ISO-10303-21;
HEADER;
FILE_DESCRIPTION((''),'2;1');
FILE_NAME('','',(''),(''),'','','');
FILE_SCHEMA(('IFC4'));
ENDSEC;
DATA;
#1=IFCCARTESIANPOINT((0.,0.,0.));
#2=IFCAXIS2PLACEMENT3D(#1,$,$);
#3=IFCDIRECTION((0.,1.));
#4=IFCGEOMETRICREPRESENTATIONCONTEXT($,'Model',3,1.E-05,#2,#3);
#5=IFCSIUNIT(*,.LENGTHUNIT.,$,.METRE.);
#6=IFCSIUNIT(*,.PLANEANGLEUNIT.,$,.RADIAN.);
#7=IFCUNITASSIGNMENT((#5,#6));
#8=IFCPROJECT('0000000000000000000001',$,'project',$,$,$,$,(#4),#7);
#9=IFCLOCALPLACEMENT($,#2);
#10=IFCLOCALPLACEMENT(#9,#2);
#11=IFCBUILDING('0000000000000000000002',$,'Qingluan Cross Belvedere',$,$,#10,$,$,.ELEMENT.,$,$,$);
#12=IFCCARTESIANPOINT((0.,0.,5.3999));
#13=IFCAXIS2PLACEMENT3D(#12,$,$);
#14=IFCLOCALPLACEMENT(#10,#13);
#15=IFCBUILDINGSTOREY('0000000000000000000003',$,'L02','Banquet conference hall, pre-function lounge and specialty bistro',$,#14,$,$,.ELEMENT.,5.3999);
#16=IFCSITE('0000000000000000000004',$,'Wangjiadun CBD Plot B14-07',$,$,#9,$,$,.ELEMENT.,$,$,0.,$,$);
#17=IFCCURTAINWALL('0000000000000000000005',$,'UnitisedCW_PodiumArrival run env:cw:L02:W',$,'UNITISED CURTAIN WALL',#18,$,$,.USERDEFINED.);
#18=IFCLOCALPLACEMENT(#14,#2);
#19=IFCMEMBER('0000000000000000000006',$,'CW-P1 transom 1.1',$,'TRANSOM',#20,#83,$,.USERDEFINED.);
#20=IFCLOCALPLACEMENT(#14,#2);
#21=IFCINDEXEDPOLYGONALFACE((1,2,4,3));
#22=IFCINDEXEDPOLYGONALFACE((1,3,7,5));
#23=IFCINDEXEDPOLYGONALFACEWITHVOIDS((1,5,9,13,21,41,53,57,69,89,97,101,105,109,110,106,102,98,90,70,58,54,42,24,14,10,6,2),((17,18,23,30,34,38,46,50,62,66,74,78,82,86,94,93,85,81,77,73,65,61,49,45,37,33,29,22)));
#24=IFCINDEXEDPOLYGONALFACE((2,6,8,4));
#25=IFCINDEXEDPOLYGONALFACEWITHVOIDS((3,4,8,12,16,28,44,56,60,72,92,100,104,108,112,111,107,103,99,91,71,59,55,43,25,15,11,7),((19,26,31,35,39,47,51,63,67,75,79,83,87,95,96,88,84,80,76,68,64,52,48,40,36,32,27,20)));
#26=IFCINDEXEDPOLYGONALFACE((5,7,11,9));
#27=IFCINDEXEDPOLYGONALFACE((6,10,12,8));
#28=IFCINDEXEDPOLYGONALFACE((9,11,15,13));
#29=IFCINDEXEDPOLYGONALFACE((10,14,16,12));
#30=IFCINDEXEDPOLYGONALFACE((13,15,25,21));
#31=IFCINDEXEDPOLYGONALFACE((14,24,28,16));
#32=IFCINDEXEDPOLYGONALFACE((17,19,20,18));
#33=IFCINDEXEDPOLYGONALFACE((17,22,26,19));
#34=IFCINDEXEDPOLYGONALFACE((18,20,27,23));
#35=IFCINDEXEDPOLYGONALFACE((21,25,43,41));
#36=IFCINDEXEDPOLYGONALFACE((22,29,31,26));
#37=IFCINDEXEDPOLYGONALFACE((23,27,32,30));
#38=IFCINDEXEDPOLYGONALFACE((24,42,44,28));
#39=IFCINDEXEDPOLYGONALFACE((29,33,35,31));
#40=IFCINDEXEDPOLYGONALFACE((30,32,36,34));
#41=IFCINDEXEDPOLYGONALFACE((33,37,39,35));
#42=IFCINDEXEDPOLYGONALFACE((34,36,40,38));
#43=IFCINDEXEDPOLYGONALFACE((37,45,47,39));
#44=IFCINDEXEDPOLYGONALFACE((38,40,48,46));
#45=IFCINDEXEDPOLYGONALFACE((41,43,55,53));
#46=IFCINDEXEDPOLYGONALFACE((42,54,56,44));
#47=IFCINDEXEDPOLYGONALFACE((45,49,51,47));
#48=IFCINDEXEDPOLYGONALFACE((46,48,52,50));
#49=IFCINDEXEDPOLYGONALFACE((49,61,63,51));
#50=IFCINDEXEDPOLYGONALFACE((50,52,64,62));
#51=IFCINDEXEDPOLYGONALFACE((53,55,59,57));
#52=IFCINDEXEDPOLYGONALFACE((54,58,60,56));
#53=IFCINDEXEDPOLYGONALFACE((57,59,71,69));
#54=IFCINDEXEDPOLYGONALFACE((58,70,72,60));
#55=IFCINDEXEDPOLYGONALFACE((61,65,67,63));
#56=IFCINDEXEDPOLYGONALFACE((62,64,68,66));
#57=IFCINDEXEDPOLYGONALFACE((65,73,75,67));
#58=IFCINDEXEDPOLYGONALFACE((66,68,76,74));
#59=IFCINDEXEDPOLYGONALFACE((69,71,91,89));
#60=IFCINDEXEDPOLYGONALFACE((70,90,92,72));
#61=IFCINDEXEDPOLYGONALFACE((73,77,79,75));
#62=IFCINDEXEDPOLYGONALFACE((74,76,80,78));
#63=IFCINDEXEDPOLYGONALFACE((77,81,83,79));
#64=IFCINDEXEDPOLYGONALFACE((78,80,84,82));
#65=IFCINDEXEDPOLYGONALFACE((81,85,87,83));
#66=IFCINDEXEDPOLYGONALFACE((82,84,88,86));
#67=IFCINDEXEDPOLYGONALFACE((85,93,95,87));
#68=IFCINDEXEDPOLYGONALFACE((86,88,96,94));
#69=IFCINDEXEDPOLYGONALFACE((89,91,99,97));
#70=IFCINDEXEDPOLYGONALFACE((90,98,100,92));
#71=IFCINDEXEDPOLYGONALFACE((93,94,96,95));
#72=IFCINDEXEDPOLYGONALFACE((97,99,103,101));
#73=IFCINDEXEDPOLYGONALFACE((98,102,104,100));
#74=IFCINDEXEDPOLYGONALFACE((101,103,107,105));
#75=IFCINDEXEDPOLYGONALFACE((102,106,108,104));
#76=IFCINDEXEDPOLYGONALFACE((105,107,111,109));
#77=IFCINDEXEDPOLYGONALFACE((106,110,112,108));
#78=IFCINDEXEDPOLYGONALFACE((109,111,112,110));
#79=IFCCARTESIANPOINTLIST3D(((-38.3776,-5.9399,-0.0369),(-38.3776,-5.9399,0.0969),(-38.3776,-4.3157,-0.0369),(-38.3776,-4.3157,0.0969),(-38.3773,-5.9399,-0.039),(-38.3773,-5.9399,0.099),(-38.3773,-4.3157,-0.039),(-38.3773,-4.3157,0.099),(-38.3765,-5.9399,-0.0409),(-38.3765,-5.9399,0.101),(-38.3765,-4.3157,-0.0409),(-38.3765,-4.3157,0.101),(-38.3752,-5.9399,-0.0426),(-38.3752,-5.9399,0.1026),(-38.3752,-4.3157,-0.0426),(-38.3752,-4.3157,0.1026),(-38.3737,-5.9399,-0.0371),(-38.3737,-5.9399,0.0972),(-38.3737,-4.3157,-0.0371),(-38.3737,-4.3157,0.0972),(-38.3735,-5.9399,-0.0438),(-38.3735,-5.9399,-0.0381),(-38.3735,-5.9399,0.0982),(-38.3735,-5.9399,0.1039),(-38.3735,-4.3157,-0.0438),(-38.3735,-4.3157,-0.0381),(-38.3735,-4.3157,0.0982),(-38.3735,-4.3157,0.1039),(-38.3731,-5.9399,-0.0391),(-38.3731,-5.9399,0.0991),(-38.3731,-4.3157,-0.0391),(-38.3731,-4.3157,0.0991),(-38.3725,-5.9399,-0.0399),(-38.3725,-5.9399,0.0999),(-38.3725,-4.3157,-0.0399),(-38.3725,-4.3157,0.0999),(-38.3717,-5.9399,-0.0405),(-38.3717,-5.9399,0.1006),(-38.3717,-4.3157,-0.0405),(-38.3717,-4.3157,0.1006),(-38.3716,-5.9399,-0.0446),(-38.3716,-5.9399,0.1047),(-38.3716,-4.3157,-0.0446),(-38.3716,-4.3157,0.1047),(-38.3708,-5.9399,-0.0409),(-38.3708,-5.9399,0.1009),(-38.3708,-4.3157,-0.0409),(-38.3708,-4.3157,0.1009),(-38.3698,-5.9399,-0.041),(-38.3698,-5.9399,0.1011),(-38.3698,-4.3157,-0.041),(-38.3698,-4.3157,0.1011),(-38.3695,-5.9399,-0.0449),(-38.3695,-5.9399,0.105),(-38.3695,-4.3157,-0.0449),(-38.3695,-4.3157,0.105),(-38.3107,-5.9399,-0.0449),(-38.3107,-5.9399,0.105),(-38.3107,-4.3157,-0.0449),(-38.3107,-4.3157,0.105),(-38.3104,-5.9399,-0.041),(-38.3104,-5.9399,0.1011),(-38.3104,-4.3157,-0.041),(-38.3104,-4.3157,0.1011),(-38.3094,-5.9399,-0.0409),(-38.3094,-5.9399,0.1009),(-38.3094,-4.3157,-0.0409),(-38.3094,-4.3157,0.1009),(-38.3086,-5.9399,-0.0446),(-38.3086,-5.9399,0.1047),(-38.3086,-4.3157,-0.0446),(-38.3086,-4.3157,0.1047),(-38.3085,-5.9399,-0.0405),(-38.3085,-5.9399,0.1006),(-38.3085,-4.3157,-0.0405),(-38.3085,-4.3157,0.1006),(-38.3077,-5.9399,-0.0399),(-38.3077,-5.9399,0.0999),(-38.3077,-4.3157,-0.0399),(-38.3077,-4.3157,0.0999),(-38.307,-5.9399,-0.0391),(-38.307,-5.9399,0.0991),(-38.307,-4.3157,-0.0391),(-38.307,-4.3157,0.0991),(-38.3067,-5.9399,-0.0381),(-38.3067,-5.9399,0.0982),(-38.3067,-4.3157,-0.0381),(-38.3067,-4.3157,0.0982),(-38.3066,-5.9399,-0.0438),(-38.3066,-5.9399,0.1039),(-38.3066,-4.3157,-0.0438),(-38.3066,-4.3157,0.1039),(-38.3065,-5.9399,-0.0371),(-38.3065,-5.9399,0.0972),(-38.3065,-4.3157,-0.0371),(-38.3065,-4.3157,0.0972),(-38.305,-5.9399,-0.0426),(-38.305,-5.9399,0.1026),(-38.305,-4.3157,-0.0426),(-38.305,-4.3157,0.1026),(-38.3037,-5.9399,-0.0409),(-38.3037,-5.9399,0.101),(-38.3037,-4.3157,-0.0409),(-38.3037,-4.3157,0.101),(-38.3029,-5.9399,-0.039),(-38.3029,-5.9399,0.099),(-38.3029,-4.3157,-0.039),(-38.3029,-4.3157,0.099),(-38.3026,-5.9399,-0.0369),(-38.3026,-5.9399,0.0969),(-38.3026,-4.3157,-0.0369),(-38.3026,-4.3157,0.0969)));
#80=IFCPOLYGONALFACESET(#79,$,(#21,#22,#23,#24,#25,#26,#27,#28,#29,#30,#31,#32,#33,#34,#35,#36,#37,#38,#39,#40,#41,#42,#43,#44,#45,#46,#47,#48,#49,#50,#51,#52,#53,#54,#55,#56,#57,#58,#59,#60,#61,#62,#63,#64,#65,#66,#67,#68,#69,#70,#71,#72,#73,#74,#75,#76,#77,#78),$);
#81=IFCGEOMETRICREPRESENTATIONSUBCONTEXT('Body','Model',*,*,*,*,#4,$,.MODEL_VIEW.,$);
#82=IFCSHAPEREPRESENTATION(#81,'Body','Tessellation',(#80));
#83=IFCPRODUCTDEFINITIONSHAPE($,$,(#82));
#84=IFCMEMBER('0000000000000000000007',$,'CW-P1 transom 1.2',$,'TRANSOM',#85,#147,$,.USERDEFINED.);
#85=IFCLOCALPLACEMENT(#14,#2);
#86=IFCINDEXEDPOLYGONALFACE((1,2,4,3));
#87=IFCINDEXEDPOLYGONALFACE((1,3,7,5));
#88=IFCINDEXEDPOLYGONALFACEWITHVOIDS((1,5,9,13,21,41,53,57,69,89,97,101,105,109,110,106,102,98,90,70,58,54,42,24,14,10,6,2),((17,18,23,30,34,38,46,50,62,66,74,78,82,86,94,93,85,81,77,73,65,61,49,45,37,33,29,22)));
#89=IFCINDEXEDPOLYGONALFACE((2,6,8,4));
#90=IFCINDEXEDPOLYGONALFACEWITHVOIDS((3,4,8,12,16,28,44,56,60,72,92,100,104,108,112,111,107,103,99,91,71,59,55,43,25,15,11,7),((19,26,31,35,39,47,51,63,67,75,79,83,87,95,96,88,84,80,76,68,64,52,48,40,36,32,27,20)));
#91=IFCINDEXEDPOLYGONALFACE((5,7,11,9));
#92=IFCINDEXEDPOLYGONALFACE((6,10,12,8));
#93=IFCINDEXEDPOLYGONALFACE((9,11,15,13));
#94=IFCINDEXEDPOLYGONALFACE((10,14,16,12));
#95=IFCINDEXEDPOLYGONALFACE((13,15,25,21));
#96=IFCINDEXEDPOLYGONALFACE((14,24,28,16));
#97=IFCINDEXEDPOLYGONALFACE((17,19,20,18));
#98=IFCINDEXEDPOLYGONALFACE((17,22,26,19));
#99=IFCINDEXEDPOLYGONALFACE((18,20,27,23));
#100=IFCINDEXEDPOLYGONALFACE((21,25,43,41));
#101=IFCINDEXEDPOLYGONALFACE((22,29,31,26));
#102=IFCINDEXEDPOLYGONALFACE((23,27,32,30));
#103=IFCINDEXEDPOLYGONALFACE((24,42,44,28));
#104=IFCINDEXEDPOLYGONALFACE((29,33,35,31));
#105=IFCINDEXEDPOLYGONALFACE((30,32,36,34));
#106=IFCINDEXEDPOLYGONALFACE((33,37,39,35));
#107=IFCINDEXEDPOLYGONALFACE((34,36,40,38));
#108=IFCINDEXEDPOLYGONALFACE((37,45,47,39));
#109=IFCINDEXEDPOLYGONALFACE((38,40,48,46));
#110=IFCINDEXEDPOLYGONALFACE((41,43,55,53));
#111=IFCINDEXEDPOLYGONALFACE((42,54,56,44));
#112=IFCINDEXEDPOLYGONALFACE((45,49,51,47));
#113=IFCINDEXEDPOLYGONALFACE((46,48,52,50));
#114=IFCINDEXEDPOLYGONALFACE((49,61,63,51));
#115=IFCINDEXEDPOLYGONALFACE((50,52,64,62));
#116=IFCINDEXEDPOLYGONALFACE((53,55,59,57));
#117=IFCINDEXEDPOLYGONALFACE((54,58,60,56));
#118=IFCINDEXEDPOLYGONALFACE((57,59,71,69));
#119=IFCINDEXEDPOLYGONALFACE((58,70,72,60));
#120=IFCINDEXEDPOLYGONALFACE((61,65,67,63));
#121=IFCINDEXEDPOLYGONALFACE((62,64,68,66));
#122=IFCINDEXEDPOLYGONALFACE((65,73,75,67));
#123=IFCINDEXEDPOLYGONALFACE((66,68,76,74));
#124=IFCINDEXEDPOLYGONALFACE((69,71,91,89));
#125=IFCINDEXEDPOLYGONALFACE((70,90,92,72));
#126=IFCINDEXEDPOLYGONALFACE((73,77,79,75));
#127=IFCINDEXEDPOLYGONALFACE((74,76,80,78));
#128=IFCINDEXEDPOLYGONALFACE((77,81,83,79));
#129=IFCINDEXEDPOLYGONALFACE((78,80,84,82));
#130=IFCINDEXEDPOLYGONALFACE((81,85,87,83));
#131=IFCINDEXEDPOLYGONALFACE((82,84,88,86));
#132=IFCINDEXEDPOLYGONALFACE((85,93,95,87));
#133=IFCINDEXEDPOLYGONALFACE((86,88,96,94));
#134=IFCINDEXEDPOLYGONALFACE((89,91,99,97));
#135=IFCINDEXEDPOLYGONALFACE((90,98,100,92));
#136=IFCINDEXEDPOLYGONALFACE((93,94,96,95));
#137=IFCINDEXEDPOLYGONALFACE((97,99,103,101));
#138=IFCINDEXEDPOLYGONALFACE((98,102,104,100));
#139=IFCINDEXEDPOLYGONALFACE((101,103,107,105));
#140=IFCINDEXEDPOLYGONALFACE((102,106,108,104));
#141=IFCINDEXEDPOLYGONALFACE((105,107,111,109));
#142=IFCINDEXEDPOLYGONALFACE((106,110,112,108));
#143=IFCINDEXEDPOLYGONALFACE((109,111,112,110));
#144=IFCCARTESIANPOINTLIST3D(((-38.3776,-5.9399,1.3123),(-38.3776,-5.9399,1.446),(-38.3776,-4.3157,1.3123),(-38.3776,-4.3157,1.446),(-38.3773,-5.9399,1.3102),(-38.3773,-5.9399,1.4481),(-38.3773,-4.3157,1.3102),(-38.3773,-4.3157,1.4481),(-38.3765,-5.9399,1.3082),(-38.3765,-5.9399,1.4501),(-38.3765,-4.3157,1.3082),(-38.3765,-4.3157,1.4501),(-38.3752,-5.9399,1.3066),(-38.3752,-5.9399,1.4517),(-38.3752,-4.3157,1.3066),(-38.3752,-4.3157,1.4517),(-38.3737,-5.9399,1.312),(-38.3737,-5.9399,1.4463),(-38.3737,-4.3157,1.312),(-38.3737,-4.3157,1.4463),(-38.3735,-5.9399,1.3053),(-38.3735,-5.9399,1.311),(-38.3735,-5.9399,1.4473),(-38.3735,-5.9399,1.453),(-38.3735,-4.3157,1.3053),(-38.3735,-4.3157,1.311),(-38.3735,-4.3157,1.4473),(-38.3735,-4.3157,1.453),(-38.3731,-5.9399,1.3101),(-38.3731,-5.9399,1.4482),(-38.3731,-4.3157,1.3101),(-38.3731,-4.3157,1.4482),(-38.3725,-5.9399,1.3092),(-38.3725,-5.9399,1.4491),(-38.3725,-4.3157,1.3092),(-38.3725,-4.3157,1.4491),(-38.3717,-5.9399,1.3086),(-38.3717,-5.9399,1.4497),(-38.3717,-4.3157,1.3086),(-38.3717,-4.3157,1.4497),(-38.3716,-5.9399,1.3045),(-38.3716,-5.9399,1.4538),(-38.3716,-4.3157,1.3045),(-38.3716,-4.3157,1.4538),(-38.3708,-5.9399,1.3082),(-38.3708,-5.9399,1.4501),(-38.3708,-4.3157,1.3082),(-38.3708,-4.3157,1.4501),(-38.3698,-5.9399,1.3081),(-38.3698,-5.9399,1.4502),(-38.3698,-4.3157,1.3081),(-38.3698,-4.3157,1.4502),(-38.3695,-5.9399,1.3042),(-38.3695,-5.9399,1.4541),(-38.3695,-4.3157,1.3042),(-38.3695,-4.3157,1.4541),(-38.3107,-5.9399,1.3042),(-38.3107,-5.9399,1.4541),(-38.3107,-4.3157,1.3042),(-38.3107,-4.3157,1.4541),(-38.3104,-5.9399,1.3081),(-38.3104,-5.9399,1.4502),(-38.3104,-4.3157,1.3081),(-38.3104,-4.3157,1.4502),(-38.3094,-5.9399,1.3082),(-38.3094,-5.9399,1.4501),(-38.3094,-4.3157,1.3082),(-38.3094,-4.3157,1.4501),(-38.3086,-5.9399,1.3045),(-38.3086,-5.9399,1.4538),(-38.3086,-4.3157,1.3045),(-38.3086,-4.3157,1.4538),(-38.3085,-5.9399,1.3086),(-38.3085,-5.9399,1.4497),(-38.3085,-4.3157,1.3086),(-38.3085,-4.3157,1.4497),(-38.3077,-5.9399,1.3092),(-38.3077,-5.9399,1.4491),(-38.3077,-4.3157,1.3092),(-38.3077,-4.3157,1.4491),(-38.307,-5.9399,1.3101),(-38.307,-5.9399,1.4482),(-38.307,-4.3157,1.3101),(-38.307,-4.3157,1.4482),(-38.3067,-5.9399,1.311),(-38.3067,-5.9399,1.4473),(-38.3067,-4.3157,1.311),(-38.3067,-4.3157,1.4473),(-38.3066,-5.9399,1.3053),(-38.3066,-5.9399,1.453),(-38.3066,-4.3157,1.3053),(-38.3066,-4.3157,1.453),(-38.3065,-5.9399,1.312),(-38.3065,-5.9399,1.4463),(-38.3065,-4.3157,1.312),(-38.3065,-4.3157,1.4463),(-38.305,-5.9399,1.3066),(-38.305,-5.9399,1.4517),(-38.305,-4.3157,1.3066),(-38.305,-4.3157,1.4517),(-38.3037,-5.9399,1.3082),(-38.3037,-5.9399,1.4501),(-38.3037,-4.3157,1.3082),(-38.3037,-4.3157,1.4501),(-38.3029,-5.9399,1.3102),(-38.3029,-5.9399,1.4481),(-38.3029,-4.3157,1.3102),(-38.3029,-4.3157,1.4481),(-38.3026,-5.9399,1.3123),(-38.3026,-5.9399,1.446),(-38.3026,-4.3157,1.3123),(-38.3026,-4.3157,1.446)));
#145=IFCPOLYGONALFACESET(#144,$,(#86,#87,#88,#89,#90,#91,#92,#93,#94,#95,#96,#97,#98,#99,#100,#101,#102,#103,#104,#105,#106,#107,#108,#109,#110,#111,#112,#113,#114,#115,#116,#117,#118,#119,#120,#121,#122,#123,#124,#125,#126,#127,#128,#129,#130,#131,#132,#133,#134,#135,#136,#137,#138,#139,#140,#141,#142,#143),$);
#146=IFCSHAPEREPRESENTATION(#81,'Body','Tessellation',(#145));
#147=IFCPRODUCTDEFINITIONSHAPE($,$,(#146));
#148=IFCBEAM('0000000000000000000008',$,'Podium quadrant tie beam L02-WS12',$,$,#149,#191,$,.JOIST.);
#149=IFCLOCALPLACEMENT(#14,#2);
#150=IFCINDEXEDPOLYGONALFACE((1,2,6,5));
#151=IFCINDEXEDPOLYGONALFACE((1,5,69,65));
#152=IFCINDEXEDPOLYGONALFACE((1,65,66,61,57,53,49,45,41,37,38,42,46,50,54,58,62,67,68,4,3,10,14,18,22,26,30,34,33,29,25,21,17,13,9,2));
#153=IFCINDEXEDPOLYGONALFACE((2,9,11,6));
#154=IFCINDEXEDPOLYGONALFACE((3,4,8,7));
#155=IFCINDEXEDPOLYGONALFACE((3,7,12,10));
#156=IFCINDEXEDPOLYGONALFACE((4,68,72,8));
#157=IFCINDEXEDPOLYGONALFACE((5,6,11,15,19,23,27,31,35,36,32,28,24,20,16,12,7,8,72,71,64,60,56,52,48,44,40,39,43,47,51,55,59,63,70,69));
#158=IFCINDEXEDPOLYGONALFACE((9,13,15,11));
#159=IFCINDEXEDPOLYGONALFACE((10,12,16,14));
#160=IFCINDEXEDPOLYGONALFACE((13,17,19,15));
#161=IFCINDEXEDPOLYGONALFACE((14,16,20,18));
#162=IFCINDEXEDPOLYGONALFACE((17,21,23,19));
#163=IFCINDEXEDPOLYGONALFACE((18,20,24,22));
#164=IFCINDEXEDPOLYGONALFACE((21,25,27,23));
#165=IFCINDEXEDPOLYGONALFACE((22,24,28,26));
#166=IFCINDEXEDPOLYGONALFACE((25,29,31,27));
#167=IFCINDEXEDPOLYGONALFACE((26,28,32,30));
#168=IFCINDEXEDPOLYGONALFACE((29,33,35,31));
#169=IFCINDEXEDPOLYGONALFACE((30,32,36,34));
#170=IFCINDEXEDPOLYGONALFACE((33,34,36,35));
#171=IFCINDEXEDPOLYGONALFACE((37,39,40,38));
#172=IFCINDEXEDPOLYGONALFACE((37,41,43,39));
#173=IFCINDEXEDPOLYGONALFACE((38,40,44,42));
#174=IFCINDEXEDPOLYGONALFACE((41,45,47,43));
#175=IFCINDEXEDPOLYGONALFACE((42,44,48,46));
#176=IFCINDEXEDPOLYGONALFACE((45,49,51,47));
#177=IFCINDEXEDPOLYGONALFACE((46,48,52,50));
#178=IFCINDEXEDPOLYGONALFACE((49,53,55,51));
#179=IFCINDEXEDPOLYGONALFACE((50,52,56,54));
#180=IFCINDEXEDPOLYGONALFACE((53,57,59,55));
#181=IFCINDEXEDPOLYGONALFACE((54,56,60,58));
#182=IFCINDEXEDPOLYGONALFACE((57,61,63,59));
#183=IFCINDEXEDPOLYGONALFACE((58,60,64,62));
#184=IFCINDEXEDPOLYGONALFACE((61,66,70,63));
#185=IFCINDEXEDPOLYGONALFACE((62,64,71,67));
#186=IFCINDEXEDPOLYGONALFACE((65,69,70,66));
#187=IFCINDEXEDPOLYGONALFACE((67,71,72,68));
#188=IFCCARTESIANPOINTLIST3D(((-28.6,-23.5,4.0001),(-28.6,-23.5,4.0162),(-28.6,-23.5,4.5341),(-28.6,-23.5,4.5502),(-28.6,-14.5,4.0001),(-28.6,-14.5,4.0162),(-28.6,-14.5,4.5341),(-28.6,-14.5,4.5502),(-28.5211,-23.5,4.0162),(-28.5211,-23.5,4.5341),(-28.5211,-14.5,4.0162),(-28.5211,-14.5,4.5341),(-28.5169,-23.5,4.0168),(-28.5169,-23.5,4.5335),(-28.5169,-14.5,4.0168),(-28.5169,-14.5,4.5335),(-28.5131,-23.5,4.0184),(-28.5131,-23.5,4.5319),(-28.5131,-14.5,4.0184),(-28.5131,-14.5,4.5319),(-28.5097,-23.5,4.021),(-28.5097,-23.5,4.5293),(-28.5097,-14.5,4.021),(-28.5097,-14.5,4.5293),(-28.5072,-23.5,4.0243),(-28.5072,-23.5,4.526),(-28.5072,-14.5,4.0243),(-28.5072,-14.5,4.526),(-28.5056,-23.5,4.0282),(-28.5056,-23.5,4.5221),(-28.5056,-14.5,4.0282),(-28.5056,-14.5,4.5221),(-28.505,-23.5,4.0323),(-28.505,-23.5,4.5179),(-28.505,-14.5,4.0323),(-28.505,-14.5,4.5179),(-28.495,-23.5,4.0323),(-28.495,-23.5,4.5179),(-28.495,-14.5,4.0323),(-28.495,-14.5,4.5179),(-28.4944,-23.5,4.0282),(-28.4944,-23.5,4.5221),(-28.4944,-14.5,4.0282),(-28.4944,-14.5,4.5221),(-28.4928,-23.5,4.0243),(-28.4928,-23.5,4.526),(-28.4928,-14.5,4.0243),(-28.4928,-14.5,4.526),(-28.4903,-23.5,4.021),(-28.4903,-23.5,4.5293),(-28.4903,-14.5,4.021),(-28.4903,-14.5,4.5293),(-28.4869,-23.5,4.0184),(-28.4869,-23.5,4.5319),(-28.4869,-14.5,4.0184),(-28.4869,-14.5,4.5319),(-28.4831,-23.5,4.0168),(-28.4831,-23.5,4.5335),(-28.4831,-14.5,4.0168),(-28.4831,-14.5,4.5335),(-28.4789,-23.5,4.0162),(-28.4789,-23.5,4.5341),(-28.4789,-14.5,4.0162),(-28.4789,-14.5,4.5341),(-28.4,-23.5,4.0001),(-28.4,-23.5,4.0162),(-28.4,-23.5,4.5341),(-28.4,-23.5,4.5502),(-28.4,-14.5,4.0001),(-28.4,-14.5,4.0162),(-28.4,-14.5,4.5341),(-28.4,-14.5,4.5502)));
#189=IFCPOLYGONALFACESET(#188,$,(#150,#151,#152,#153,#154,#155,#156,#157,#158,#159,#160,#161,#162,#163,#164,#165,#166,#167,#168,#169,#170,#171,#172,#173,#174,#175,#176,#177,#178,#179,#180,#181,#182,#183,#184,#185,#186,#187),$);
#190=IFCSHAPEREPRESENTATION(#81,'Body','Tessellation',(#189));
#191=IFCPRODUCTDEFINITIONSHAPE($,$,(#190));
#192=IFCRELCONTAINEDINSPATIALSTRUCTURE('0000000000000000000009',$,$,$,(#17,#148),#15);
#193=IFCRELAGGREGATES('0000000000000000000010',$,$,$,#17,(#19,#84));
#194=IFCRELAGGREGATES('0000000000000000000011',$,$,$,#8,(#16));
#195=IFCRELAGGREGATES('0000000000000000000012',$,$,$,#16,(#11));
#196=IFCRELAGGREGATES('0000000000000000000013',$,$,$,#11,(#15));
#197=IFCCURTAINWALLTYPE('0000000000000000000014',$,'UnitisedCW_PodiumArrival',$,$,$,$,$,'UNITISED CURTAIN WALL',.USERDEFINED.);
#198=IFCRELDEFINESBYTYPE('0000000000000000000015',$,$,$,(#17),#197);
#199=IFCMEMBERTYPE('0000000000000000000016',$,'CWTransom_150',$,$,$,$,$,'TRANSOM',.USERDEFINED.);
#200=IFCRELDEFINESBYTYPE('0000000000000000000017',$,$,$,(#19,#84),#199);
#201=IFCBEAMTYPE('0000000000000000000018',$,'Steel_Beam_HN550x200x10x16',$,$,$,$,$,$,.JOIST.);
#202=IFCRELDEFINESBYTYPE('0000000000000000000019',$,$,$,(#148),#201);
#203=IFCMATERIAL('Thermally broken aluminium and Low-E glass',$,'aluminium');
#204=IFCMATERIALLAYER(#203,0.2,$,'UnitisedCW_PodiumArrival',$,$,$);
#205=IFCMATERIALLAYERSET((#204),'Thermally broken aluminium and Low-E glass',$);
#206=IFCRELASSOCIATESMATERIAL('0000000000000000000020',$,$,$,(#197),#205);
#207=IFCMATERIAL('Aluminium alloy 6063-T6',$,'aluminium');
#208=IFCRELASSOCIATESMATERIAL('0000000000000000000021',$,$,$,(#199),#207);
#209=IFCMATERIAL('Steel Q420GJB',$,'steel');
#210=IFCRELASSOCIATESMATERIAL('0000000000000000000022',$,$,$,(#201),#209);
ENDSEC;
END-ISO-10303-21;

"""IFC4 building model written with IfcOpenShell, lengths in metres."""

from ifc_helpers import new_model, si_unit, direction, frame, origin, origin_2d, place, context, subcontext, project, spatial, hollow_rectangle, i_section, extrude, material, layer, layer_set, material_profile, profile_set, type_object, element, aggregate, save


model = new_model("IFC4")

# Units and contexts
model_context = context("Model", 3, precision=1e-05, world=origin(), true_north=direction((0.0, 1.0)))
body_context = subcontext(model_context, "Body", "Model", "MODEL_VIEW")
ifc_project = project(units=[si_unit("LENGTHUNIT", "METRE"), si_unit("PLANEANGLEUNIT", "RADIAN")], contexts=[model_context])

# Site, building, storey
site_placement = place(None, origin())
site = spatial("IfcSite", under=ifc_project, at=site_placement, Name="Wangjiadun CBD Plot B14-07", CompositionType="ELEMENT", RefElevation=0.0)
building_placement = place(site_placement, origin())
building = spatial("IfcBuilding", under=site, at=building_placement, Name="Qingluan Cross Belvedere", CompositionType="ELEMENT")
storey_placement = place(building_placement, frame((0.0, 0.0, 5.3999)))
storey = spatial("IfcBuildingStorey", under=building, at=storey_placement, Name="L02", Description="Banquet conference hall, pre-function lounge and specialty bistro", CompositionType="ELEMENT", Elevation=5.3999)

# Curtain wall, members
ifc_material_1 = material(Name="Thermally broken aluminium and Low-E glass", Category="aluminium")
ifc_layer_1 = layer(ifc_material_1, 0.2, Name="UnitisedCW_PodiumArrival")
ifc_layer_set_1 = layer_set([ifc_layer_1], Name="Thermally broken aluminium and Low-E glass")
curtain_wall_type = type_object("IfcCurtainWallType", Name="UnitisedCW_PodiumArrival", ElementType="UNITISED CURTAIN WALL", PredefinedType="USERDEFINED", material=ifc_layer_set_1)
curtain_wall_placement = place(storey_placement, origin())
curtain_wall = element("IfcCurtainWall", 1, at=curtain_wall_placement, inside=storey, type_object=curtain_wall_type, Name="UnitisedCW_PodiumArrival run env:cw:L02:W", ObjectType="UNITISED CURTAIN WALL", PredefinedType="USERDEFINED")
ifc_material_2 = material(Name="Aluminium alloy 6063-T6", Category="aluminium")
ifc_material_profile_1 = material_profile(ifc_material_2, hollow_rectangle(XDim=0.075, YDim=0.1499, WallThickness=0.0039, InnerFilletRadius=0.0039, OuterFilletRadius=0.0081, at=origin_2d()), Name="CWT150x75x4")
ifc_profile_set_1 = profile_set([ifc_material_profile_1], Name="Aluminium alloy 6063-T6")
member_type_1 = type_object("IfcMemberType", Name="CWTransom_150", ElementType="TRANSOM", PredefinedType="USERDEFINED", material=ifc_profile_set_1)
member_1_placement = place(storey_placement, frame((-38.3401, -5.9399, 0.03), z_axis=(0.0, 1.0, 0.0), x_axis=(-1.0, 0.0, 0.0)))
member_1 = element("IfcMember", 2, at=member_1_placement, type_object=member_type_1, Name="CW-P1 transom 1.1", ObjectType="TRANSOM", PredefinedType="USERDEFINED", context=body_context, shape_type="SweptSolid", body=[
    extrude(hollow_rectangle(XDim=0.075, YDim=0.1499, WallThickness=0.0039, InnerFilletRadius=0.0039, OuterFilletRadius=0.0081, at=origin_2d()), origin(), (0.0, 0.0, 1.0), 1.6243),
])
member_2_placement = place(storey_placement, frame((-38.3401, -5.9399, 1.3792), z_axis=(0.0, 1.0, 0.0), x_axis=(-1.0, 0.0, 0.0)))
member_2 = element("IfcMember", 3, at=member_2_placement, type_object=member_type_1, Name="CW-P1 transom 1.2", ObjectType="TRANSOM", PredefinedType="USERDEFINED", context=body_context, shape_type="SweptSolid", body=[
    extrude(hollow_rectangle(XDim=0.075, YDim=0.1499, WallThickness=0.0039, InnerFilletRadius=0.0039, OuterFilletRadius=0.0081, at=origin_2d()), origin(), (0.0, 0.0, 1.0), 1.6243),
])
aggregate(curtain_wall, [member_1, member_2])

# Beam
ifc_material_3 = material(Name="Steel Q420GJB", Category="steel")
ifc_material_profile_2 = material_profile(ifc_material_3, i_section(OverallWidth=0.2, OverallDepth=0.55, WebThickness=0.01, FlangeThickness=0.0161, FilletRadius=0.0161, at=origin_2d()), Name="HN550x200x10x16")
ifc_profile_set_2 = profile_set([ifc_material_profile_2], Name="Steel Q420GJB")
beam_type = type_object("IfcBeamType", Name="Steel_Beam_HN550x200x10x16", PredefinedType="JOIST", material=ifc_profile_set_2)
beam_1_placement = place(storey_placement, frame((-28.5, -14.5, 4.2751), z_axis=(0.0, -1.0, 0.0), x_axis=(1.0, 0.0, 0.0)))
element("IfcBeam", 4, at=beam_1_placement, inside=storey, type_object=beam_type, Name="Podium quadrant tie beam L02-WS12", PredefinedType="JOIST", context=body_context, shape_type="SweptSolid", body=[
    extrude(i_section(OverallWidth=0.2, OverallDepth=0.55, WebThickness=0.01, FlangeThickness=0.0161, FilletRadius=0.0161, at=origin_2d()), origin(), (0.0, 0.0, 1.0), 9.0),
])

save(model, "model.ifc")
